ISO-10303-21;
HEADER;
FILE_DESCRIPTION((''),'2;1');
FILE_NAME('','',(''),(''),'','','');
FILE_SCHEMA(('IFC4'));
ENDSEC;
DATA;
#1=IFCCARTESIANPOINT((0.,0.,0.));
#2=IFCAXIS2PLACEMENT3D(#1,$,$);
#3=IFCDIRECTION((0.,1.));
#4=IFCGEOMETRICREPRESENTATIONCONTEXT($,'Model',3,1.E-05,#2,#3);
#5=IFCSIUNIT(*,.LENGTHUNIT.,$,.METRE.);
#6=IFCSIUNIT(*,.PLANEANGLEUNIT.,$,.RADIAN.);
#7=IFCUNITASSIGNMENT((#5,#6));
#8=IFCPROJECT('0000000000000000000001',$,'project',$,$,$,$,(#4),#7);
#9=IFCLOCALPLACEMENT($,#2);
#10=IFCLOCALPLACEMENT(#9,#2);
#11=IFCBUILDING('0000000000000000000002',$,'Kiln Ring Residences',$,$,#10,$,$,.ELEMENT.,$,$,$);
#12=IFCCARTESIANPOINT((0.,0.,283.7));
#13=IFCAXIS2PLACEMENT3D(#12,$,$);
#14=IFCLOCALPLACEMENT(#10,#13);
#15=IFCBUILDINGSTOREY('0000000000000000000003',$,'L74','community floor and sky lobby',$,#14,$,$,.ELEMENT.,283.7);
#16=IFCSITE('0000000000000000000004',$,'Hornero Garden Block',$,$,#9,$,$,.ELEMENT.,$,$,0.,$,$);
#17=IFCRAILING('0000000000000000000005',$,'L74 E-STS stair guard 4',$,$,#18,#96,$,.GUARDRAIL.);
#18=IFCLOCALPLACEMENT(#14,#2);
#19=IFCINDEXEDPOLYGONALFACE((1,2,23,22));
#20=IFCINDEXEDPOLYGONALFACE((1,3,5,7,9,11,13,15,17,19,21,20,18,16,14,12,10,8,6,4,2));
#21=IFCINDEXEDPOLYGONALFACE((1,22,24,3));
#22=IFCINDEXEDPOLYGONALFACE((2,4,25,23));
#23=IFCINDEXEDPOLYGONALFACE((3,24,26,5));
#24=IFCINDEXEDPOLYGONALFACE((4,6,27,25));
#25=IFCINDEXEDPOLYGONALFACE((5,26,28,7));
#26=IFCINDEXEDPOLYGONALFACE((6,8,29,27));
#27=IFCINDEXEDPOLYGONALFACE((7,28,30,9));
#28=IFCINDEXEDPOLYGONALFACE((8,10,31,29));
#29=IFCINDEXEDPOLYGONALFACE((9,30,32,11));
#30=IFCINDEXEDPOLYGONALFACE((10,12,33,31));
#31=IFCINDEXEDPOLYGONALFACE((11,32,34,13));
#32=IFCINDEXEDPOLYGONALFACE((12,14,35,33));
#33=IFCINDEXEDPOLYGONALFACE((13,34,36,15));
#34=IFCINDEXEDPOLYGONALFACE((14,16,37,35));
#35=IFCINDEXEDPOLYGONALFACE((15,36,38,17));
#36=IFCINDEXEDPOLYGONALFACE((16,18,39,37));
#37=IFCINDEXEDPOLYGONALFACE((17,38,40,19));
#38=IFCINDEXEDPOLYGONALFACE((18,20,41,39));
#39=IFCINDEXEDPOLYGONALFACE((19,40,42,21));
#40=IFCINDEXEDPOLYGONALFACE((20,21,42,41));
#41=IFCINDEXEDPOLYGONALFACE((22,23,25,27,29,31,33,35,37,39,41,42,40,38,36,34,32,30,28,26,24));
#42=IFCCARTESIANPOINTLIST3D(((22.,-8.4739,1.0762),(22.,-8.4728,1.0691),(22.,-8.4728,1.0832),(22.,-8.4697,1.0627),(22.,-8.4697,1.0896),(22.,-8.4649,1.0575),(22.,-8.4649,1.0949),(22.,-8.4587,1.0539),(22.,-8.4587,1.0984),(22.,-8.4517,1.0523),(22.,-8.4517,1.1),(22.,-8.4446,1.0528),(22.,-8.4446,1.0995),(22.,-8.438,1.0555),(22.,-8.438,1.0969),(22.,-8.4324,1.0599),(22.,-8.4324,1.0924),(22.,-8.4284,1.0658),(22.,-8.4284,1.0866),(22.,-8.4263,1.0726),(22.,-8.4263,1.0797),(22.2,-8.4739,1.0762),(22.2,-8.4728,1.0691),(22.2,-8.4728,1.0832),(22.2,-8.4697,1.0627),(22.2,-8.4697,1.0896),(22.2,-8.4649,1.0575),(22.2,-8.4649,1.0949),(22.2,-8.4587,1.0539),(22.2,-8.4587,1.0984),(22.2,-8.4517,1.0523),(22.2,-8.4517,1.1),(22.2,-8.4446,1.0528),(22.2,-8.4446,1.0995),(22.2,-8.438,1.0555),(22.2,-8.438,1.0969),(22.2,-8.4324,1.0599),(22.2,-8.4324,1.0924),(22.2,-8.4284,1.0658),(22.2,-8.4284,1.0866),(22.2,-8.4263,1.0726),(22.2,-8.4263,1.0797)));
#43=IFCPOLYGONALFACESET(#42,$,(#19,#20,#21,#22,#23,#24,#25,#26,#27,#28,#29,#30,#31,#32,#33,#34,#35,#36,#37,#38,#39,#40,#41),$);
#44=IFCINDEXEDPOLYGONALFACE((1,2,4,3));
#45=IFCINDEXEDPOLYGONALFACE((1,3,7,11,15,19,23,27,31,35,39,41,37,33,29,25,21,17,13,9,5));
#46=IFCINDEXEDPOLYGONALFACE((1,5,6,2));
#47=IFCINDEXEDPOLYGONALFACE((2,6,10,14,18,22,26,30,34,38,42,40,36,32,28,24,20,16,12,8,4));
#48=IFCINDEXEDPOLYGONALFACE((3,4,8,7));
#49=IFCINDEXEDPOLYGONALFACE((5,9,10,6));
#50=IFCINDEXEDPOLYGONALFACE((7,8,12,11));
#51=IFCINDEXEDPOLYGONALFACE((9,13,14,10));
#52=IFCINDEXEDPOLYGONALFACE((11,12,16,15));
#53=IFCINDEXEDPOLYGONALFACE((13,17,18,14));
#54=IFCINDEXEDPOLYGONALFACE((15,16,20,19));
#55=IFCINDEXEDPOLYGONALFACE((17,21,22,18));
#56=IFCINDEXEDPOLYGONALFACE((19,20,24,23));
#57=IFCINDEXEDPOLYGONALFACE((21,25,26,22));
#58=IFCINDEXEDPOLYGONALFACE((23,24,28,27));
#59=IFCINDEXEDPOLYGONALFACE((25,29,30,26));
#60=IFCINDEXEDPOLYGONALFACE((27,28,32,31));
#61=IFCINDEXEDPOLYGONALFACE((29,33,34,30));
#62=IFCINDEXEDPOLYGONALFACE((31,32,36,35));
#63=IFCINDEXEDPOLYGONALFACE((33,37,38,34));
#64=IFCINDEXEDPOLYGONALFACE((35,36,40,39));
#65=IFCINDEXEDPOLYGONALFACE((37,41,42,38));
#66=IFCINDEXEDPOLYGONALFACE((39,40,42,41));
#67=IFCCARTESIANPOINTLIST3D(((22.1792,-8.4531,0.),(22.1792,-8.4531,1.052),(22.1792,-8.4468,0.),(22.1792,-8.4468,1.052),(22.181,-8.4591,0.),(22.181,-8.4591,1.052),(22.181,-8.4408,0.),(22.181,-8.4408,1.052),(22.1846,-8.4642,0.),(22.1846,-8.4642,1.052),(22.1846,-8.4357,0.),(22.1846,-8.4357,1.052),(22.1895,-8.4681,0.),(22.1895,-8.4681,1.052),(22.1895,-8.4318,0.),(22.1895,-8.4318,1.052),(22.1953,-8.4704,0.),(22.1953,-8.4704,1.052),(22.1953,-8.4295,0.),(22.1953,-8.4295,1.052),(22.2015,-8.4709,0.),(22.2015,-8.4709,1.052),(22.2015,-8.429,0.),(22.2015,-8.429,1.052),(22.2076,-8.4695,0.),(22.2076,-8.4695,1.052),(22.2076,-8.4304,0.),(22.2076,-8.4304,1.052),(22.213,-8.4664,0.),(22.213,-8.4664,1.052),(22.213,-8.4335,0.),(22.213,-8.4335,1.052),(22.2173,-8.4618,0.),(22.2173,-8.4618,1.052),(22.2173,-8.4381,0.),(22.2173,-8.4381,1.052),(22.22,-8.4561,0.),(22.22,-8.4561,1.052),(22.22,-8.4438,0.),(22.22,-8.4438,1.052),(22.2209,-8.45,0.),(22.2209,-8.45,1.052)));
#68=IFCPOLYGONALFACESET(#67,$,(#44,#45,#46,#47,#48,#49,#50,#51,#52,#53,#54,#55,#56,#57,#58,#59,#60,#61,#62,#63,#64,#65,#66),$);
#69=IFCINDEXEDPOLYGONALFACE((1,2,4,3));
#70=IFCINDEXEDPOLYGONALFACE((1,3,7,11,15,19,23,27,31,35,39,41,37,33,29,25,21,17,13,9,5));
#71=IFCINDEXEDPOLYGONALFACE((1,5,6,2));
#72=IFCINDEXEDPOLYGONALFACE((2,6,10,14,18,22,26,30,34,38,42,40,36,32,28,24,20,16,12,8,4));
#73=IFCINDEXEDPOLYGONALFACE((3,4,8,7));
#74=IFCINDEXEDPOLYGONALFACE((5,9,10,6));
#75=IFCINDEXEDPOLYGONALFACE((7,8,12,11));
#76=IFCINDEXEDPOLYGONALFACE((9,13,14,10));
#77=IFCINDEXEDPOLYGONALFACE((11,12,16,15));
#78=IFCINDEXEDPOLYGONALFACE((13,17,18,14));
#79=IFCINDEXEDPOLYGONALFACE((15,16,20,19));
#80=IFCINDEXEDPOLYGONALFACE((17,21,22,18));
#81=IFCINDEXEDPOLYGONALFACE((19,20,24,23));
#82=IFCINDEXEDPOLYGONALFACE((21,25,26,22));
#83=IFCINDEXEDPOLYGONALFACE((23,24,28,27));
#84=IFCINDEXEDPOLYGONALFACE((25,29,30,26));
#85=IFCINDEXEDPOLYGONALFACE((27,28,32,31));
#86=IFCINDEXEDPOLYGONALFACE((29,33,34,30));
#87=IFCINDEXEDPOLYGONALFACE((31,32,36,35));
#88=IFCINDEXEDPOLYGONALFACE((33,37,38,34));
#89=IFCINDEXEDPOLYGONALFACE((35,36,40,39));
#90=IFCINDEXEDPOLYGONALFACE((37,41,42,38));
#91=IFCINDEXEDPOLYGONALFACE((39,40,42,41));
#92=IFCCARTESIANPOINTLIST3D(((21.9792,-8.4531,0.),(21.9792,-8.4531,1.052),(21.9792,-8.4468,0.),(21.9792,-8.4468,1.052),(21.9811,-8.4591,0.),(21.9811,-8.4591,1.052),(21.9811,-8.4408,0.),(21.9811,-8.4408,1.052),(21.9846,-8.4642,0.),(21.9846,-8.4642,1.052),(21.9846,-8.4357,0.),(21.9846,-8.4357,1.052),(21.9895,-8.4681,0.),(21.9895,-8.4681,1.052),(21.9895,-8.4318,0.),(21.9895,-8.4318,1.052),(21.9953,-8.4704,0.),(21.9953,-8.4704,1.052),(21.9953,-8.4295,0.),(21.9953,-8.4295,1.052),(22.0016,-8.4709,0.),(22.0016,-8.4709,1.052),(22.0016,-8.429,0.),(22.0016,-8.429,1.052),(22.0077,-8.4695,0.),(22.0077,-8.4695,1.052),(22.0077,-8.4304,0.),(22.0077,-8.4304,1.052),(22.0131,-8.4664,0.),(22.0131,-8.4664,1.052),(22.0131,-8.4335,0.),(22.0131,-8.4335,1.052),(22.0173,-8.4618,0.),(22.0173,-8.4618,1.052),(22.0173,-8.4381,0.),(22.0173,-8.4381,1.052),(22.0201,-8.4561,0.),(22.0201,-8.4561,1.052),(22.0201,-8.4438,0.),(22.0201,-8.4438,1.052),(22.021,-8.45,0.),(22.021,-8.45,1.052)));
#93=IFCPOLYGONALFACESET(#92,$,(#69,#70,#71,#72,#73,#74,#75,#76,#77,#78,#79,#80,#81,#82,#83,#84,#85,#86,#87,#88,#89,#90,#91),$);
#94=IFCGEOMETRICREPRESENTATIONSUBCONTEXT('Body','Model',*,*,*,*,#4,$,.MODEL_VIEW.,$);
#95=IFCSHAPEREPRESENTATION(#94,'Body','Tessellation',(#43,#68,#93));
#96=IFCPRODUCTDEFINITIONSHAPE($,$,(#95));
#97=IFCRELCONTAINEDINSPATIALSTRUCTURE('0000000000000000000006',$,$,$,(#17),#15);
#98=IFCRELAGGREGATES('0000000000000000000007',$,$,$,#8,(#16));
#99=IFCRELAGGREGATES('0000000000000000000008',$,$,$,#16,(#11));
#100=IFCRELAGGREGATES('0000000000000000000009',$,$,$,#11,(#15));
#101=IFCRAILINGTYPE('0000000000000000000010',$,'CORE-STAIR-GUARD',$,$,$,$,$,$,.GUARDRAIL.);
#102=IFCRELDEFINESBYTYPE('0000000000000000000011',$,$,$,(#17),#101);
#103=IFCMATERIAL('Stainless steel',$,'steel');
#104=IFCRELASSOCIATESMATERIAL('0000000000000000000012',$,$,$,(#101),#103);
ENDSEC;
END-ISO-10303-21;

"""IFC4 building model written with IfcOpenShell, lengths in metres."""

from ifc_helpers import new_model, si_unit, direction, frame, origin, origin_2d, place, context, subcontext, project, spatial, circle, extrude, material, type_object, element, save


model = new_model("IFC4")

# Units and contexts
model_context = context("Model", 3, precision=1e-05, world=origin(), true_north=direction((0.0, 1.0)))
body_context = subcontext(model_context, "Body", "Model", "MODEL_VIEW")
ifc_project = project(units=[si_unit("LENGTHUNIT", "METRE"), si_unit("PLANEANGLEUNIT", "RADIAN")], contexts=[model_context])

# Site, building, storey
site_placement = place(None, origin())
site = spatial("IfcSite", under=ifc_project, at=site_placement, Name="Hornero Garden Block", CompositionType="ELEMENT", RefElevation=0.0)
building_placement = place(site_placement, origin())
building = spatial("IfcBuilding", under=site, at=building_placement, Name="Kiln Ring Residences", CompositionType="ELEMENT")
storey_placement = place(building_placement, frame((0.0, 0.0, 283.7)))
storey = spatial("IfcBuildingStorey", under=building, at=storey_placement, Name="L74", Description="community floor and sky lobby", CompositionType="ELEMENT", Elevation=283.7)

# Railing
ifc_material_1 = material(Name="Stainless steel", Category="steel")
railing_type_1 = type_object("IfcRailingType", Name="CORE-STAIR-GUARD", PredefinedType="GUARDRAIL", material=ifc_material_1)
railing_1_placement = place(storey_placement, frame((22.2, -8.45, 0.0)))
element("IfcRailing", 1, at=railing_1_placement, inside=storey, type_object=railing_type_1, Name="L74 E-STS stair guard 4", PredefinedType="GUARDRAIL", context=body_context, shape_type="SweptSolid", body=[
    extrude(circle(Radius=0.0239, at=origin_2d()), frame((0.0, 0.0, 1.0762), z_axis=(-1.0, 0.0, 0.0), x_axis=(0.0, -1.0, 0.0)), (0.0, 0.0, 1.0), 0.2),
    extrude(circle(Radius=0.021, at=origin_2d()), origin(), (0.0, 0.0, 1.0), 1.052),
    extrude(circle(Radius=0.021, at=origin_2d()), frame((-0.2, 0.0, 0.0)), (0.0, 0.0, 1.0), 1.052),
])

save(model, "model.ifc")
